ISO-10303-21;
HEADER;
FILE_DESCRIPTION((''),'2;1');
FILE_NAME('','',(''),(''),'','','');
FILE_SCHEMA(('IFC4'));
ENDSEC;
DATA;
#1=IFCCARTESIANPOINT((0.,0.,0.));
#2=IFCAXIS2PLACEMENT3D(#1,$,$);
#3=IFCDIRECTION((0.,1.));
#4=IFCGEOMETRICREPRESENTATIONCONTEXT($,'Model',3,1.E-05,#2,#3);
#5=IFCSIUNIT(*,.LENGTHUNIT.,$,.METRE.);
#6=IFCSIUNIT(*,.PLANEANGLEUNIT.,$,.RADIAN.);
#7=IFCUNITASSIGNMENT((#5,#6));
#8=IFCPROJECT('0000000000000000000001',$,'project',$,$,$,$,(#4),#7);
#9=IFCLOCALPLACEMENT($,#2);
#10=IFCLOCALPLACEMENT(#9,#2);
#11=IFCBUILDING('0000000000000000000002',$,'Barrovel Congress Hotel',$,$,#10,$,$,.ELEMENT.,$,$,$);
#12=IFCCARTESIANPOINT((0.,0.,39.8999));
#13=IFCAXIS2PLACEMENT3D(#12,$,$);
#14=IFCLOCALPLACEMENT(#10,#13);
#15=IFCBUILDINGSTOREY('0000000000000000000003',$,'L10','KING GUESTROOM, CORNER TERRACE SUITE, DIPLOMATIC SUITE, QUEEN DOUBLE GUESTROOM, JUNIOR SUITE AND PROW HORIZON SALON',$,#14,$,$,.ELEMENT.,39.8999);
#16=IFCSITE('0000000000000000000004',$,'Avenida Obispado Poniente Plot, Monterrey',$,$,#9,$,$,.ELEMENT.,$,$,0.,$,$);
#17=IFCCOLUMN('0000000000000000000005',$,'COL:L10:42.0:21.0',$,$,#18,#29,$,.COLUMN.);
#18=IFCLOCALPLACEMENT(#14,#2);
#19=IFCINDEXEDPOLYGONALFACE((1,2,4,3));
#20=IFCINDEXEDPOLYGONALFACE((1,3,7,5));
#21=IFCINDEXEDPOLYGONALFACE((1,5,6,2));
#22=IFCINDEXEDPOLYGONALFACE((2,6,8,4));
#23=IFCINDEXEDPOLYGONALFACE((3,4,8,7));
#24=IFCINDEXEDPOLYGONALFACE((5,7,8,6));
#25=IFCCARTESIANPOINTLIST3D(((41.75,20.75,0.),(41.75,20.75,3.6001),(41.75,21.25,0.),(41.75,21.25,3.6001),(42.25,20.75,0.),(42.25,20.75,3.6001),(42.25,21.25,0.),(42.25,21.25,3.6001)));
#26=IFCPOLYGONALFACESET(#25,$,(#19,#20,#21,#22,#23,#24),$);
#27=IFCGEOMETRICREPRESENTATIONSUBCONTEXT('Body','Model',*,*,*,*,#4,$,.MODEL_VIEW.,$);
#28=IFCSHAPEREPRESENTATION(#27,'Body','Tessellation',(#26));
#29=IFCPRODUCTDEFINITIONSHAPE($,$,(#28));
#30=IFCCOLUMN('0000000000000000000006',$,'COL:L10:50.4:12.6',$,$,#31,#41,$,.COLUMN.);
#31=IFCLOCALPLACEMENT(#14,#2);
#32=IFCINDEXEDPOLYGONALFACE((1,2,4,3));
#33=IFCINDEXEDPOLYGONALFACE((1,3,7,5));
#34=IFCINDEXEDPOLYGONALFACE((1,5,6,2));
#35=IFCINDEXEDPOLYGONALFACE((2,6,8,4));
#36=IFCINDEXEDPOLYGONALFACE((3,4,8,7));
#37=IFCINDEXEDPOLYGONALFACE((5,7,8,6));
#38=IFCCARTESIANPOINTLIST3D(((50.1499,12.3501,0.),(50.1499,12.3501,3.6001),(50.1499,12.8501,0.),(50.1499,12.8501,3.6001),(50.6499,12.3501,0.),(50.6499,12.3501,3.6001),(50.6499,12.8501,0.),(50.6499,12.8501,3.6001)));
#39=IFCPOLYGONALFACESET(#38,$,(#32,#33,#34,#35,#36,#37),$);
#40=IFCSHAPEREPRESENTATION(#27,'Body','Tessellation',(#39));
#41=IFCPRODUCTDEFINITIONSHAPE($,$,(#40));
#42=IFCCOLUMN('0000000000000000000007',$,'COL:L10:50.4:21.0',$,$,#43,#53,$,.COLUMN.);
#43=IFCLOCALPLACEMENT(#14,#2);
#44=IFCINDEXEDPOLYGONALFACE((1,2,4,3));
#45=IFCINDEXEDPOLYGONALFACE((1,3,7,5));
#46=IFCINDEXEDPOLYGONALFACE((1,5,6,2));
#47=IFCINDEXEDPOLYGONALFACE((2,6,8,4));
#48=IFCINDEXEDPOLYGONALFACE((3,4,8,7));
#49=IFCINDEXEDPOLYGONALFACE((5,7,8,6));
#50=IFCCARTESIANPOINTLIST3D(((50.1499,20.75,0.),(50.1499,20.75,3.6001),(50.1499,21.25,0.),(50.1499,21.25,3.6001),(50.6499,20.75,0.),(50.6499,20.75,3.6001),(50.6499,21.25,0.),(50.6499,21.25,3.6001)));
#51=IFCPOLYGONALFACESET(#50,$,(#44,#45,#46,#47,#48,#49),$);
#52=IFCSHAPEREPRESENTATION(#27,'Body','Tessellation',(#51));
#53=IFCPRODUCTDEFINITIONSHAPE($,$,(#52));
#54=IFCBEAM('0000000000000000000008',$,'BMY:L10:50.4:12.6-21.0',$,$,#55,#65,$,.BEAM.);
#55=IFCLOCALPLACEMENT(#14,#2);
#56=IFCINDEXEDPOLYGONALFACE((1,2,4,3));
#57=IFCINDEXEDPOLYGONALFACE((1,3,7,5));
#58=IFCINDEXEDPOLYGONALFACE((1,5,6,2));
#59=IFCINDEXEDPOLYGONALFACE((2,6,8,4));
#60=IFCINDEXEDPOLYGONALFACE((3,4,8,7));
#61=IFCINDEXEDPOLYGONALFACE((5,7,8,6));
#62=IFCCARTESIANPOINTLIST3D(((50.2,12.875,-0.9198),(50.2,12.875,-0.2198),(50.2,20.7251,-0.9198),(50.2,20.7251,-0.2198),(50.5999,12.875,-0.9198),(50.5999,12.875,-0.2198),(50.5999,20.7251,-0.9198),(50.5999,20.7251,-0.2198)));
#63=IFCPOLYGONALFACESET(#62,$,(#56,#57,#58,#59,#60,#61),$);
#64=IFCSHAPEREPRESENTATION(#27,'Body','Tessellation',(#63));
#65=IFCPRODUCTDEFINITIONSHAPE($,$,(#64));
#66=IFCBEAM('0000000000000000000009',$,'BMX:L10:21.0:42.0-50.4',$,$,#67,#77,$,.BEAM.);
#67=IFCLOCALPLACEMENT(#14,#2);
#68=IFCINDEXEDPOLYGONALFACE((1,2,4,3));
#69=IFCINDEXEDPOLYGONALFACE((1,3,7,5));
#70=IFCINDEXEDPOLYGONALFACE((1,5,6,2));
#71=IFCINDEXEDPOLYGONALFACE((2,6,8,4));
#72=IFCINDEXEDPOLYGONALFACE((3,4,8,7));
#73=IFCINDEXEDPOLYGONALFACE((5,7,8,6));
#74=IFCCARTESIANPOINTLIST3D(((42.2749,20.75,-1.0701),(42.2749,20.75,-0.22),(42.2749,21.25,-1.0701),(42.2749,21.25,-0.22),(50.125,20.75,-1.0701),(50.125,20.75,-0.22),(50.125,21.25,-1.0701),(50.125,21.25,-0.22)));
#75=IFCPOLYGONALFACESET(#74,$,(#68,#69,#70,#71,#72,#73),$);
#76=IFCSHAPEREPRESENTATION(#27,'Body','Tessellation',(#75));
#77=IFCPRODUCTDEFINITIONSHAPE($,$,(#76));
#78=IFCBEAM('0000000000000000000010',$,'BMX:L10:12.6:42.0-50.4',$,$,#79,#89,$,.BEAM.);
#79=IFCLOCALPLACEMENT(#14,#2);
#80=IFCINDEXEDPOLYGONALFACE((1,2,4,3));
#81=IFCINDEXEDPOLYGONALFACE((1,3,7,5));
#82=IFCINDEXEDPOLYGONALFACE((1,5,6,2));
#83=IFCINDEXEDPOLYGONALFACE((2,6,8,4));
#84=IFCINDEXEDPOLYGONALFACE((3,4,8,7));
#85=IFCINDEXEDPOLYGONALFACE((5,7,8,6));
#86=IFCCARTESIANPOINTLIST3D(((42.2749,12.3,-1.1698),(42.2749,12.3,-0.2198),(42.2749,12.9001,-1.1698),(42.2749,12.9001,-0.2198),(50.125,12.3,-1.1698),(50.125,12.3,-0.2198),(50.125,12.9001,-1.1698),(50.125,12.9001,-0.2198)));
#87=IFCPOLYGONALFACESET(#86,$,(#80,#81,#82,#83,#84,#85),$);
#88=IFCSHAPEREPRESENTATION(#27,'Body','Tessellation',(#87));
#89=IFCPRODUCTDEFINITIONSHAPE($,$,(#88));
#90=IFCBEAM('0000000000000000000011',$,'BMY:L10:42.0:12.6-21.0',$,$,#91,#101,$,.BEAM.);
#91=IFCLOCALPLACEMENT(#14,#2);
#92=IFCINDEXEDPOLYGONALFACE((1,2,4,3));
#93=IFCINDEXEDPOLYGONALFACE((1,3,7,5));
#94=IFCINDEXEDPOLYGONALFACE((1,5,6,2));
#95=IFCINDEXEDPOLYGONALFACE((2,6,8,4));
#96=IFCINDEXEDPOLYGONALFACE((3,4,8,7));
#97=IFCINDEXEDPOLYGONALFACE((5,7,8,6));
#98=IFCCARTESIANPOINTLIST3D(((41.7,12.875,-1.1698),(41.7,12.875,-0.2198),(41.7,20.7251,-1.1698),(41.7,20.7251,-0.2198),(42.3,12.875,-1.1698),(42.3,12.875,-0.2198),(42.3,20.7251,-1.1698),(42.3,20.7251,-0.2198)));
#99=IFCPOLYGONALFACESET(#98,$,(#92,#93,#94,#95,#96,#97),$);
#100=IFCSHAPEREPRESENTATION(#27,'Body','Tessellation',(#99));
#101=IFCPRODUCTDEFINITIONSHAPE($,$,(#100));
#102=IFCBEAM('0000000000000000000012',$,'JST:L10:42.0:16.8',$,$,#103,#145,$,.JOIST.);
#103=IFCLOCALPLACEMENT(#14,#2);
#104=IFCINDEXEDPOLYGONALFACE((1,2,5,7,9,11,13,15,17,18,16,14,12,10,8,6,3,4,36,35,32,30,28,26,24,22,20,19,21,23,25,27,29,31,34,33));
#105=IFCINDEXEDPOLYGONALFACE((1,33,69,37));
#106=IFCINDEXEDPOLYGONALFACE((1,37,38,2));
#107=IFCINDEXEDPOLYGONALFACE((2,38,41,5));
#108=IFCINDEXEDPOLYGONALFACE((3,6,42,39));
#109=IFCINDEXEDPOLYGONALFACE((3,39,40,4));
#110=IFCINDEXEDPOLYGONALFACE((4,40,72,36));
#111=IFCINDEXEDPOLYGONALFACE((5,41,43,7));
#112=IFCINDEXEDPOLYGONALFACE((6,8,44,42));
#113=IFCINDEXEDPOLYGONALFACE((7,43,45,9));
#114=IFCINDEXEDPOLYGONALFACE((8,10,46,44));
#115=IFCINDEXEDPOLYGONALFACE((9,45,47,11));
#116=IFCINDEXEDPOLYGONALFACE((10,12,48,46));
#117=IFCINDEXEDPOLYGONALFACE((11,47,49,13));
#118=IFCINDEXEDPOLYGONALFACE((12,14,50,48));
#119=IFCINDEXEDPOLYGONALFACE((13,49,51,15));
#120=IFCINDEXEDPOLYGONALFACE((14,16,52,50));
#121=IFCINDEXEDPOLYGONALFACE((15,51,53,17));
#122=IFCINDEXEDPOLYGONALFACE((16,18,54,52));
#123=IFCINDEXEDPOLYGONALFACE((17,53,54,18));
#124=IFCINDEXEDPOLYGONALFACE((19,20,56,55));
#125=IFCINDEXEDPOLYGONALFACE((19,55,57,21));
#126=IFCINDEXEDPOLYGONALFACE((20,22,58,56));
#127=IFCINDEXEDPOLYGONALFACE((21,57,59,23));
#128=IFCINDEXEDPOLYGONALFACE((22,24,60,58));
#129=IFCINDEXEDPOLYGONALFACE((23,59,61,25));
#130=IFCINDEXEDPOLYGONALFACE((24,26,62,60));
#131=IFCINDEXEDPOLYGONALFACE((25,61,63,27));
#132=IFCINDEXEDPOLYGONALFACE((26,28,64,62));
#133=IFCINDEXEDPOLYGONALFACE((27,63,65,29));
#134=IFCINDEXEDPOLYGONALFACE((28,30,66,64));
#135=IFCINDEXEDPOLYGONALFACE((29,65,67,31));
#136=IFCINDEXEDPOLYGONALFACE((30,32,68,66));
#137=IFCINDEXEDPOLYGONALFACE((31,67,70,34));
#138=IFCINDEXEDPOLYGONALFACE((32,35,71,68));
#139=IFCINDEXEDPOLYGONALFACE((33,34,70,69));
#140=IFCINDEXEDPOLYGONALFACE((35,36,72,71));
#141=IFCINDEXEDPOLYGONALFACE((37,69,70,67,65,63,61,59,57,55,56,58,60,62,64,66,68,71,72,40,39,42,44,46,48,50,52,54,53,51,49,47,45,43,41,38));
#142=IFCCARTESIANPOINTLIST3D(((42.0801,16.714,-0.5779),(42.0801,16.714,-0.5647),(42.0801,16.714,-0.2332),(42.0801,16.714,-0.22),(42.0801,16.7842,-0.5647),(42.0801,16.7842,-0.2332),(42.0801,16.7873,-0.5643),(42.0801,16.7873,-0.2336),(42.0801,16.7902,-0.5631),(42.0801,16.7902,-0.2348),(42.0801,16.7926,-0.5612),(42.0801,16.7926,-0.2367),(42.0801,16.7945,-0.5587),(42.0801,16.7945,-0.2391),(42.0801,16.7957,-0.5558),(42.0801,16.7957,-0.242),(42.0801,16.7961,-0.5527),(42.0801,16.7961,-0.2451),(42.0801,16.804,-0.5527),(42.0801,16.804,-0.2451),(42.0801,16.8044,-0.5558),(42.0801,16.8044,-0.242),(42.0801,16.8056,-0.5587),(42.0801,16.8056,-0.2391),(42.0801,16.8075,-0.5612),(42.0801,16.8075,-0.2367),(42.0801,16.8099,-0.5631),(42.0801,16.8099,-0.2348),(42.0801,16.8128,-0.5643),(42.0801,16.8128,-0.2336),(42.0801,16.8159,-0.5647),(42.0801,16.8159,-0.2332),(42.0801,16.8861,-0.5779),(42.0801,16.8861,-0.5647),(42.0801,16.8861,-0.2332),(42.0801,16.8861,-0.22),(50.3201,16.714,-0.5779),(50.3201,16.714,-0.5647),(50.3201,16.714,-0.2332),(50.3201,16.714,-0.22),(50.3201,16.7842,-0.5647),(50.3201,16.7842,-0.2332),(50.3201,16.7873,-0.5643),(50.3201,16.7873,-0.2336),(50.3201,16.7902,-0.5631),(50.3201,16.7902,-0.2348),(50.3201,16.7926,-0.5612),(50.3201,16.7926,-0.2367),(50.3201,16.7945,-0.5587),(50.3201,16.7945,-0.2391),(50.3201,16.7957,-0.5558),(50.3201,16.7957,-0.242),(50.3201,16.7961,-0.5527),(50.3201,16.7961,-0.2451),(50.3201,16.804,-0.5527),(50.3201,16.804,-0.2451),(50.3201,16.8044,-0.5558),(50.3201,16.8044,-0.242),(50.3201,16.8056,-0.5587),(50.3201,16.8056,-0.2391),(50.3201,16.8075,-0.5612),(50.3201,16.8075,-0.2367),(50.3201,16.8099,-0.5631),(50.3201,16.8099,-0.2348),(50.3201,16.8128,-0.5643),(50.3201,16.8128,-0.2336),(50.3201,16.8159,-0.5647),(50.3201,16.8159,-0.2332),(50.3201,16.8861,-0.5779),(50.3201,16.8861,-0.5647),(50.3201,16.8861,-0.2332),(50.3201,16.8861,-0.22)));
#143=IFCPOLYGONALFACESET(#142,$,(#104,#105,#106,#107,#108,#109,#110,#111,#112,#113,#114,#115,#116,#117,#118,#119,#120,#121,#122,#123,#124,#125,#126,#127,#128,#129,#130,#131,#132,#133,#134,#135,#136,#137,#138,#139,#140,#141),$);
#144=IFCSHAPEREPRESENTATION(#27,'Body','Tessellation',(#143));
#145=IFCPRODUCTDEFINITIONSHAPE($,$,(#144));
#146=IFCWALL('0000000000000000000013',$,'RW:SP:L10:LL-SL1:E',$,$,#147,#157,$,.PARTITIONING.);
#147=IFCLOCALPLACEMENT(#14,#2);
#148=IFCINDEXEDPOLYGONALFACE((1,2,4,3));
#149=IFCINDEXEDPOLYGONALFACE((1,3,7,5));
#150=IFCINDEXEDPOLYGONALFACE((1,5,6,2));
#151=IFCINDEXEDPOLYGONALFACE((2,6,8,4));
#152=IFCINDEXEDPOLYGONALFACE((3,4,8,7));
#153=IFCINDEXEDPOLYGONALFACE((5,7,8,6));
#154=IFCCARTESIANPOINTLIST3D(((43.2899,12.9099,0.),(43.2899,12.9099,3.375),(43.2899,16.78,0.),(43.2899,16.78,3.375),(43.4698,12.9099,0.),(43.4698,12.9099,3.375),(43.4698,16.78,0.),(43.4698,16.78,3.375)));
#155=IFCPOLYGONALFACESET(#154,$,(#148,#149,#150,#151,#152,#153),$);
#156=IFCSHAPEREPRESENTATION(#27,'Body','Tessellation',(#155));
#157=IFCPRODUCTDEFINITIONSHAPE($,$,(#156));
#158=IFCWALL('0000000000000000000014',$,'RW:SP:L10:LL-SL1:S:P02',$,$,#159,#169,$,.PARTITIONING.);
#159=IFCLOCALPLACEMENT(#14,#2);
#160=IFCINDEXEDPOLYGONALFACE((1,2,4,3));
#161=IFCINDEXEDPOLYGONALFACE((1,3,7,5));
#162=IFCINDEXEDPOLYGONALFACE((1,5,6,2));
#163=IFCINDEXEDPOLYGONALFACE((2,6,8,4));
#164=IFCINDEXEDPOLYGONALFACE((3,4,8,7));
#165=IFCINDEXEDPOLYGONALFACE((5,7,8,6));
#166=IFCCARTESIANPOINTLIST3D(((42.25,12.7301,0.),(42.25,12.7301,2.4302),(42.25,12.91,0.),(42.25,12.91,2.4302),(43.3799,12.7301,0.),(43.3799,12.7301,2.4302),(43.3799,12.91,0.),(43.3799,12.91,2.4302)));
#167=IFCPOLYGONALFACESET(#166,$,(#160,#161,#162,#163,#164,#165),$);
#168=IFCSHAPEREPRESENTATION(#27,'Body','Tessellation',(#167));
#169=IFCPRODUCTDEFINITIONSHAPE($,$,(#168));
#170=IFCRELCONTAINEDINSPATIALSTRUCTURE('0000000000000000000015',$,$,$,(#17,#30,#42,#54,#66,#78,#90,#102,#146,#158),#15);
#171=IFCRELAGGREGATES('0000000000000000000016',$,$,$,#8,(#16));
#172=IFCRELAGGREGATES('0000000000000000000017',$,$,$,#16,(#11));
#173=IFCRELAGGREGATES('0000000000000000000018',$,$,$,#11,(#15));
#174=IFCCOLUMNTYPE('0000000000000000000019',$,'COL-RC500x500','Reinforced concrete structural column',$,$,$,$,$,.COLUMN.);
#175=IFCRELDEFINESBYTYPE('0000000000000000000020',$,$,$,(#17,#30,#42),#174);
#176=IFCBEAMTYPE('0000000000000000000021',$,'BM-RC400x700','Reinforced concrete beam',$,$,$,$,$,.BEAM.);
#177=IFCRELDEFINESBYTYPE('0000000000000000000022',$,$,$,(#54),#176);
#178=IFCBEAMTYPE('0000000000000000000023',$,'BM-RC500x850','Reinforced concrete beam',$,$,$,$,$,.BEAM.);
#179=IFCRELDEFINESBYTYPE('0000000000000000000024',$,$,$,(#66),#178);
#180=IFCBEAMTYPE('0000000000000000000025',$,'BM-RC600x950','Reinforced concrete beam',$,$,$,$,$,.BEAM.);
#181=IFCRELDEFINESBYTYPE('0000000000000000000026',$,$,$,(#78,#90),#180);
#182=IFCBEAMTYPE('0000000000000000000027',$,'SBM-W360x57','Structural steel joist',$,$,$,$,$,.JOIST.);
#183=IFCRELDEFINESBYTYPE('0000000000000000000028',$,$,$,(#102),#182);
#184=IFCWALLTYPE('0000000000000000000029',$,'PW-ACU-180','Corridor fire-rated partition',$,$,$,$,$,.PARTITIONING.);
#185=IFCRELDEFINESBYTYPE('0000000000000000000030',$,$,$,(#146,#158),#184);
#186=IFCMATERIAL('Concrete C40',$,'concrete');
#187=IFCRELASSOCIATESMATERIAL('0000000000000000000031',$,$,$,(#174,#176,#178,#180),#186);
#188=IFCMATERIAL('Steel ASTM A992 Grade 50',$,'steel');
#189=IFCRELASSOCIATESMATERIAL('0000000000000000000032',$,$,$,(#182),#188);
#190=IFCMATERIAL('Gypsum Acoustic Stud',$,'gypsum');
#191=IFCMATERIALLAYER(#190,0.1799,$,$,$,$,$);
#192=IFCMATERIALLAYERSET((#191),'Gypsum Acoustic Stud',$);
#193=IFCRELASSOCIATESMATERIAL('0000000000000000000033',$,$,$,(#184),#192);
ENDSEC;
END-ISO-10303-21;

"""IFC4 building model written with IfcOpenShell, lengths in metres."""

from ifc_helpers import new_model, si_unit, direction, frame, frame_2d, origin, origin_2d, place, context, subcontext, project, spatial, rectangle, i_section, extrude, material, layer, layer_set, material_profile, profile_set, type_object, element, save


model = new_model("IFC4")

# Units and contexts
model_context = context("Model", 3, precision=1e-05, world=origin(), true_north=direction((0.0, 1.0)))
body_context = subcontext(model_context, "Body", "Model", "MODEL_VIEW")
ifc_project = project(units=[si_unit("LENGTHUNIT", "METRE"), si_unit("PLANEANGLEUNIT", "RADIAN")], contexts=[model_context])

# Site, building, storey
site_placement = place(None, origin())
site = spatial("IfcSite", under=ifc_project, at=site_placement, Name="Avenida Obispado Poniente Plot, Monterrey", CompositionType="ELEMENT", RefElevation=0.0)
building_placement = place(site_placement, origin())
building = spatial("IfcBuilding", under=site, at=building_placement, Name="Barrovel Congress Hotel", CompositionType="ELEMENT")
storey_placement = place(building_placement, frame((0.0, 0.0, 39.8999)))
storey = spatial("IfcBuildingStorey", under=building, at=storey_placement, Name="L10", Description="KING GUESTROOM, CORNER TERRACE SUITE, DIPLOMATIC SUITE, QUEEN DOUBLE GUESTROOM, JUNIOR SUITE AND PROW HORIZON SALON", CompositionType="ELEMENT", Elevation=39.8999)

# Columns
ifc_material_1 = material(Name="Concrete C40", Category="concrete")
ifc_material_profile_1 = material_profile(ifc_material_1, rectangle(XDim=0.5, YDim=0.5, at=origin_2d()), Name="RC500x500")
ifc_profile_set_1 = profile_set([ifc_material_profile_1], Name="Concrete C40")
column_type = type_object("IfcColumnType", Name="COL-RC500x500", Description="Reinforced concrete structural column", PredefinedType="COLUMN", material=ifc_profile_set_1)
for number, where, z_axis, x_axis, name in (
    (1, (42.0, 21.0, 0.0), (0.0, 0.0, 1.0), (1.0, 0.0, 0.0), "COL:L10:42.0:21.0"),
    (2, (50.3999, 12.6001, 0.0), (0.0, 0.0, 1.0), (1.0, 0.0, 0.0), "COL:L10:50.4:12.6"),
    (3, (50.3999, 21.0, 0.0), (0.0, 0.0, 1.0), (1.0, 0.0, 0.0), "COL:L10:50.4:21.0"),
):
    element("IfcColumn", number, at=place(storey_placement, frame(where, z_axis=z_axis, x_axis=x_axis)), inside=storey, type_object=column_type, Name=name, PredefinedType="COLUMN", context=body_context, shape_type="SweptSolid", body=[
        extrude(rectangle(XDim=0.5, YDim=0.5, at=origin_2d()), origin(), (0.0, 0.0, 1.0), 3.6001),
    ])

# Beams
ifc_material_profile_2 = material_profile(ifc_material_1, rectangle(XDim=0.3999, YDim=0.7, at=origin_2d()), Name="RC400x700")
ifc_profile_set_2 = profile_set([ifc_material_profile_2], Name="Concrete C40")
beam_type_1 = type_object("IfcBeamType", Name="BM-RC400x700", Description="Reinforced concrete beam", PredefinedType="BEAM", material=ifc_profile_set_2)
beam_1_placement = place(storey_placement, frame((50.3999, 12.875, -0.5698), z_axis=(0.0, 1.0, 0.0), x_axis=(-1.0, 0.0, 0.0)))
element("IfcBeam", 4, at=beam_1_placement, inside=storey, type_object=beam_type_1, Name="BMY:L10:50.4:12.6-21.0", PredefinedType="BEAM", context=body_context, shape_type="SweptSolid", body=[
    extrude(rectangle(XDim=0.3999, YDim=0.7, at=origin_2d()), origin(), (0.0, 0.0, 1.0), 7.8501),
])
ifc_material_profile_3 = material_profile(ifc_material_1, rectangle(XDim=0.5, YDim=0.8501, at=origin_2d()), Name="RC500x850")
ifc_profile_set_3 = profile_set([ifc_material_profile_3], Name="Concrete C40")
beam_type_2 = type_object("IfcBeamType", Name="BM-RC500x850", Description="Reinforced concrete beam", PredefinedType="BEAM", material=ifc_profile_set_3)
beam_2_placement = place(storey_placement, frame((42.2749, 21.0, -0.645), z_axis=(1.0, 0.0, 0.0), x_axis=(0.0, 1.0, 0.0)))
element("IfcBeam", 5, at=beam_2_placement, inside=storey, type_object=beam_type_2, Name="BMX:L10:21.0:42.0-50.4", PredefinedType="BEAM", context=body_context, shape_type="SweptSolid", body=[
    extrude(rectangle(XDim=0.5, YDim=0.8501, at=origin_2d()), origin(), (0.0, 0.0, 1.0), 7.8501),
])
ifc_material_profile_4 = material_profile(ifc_material_1, rectangle(XDim=0.6001, YDim=0.95, at=origin_2d()), Name="RC600x950")
ifc_profile_set_4 = profile_set([ifc_material_profile_4], Name="Concrete C40")
beam_type_3 = type_object("IfcBeamType", Name="BM-RC600x950", Description="Reinforced concrete beam", PredefinedType="BEAM", material=ifc_profile_set_4)
for number, where, z_axis, x_axis, name in (
    (6, (42.2749, 12.6001, -0.6948), (1.0, 0.0, 0.0), (0.0, 1.0, 0.0), "BMX:L10:12.6:42.0-50.4"),
    (7, (42.0, 12.875, -0.6948), (0.0, 1.0, 0.0), (-1.0, 0.0, 0.0), "BMY:L10:42.0:12.6-21.0"),
):
    element("IfcBeam", number, at=place(storey_placement, frame(where, z_axis=z_axis, x_axis=x_axis)), inside=storey, type_object=beam_type_3, Name=name, PredefinedType="BEAM", context=body_context, shape_type="SweptSolid", body=[
        extrude(rectangle(XDim=0.6001, YDim=0.95, at=origin_2d()), origin(), (0.0, 0.0, 1.0), 7.8501),
    ])
ifc_material_2 = material(Name="Steel ASTM A992 Grade 50", Category="steel")
ifc_material_profile_5 = material_profile(ifc_material_2, i_section(OverallWidth=0.1721, OverallDepth=0.3579, WebThickness=0.0078, FlangeThickness=0.0132, FilletRadius=0.012, at=origin_2d()), Name="W360x57")
ifc_profile_set_5 = profile_set([ifc_material_profile_5], Name="Steel ASTM A992 Grade 50")
beam_type_4 = type_object("IfcBeamType", Name="SBM-W360x57", Description="Structural steel joist", PredefinedType="JOIST", material=ifc_profile_set_5)
beam_3_placement = place(storey_placement, frame((42.0801, 16.8, -0.3989), z_axis=(1.0, 0.0, 0.0), x_axis=(0.0, 1.0, 0.0)))
element("IfcBeam", 8, at=beam_3_placement, inside=storey, type_object=beam_type_4, Name="JST:L10:42.0:16.8", PredefinedType="JOIST", context=body_context, shape_type="SweptSolid", body=[
    extrude(i_section(OverallWidth=0.1721, OverallDepth=0.3579, WebThickness=0.0078, FlangeThickness=0.0132, FilletRadius=0.012, at=origin_2d()), origin(), (0.0, 0.0, 1.0), 8.24),
])

# Shared definitions
ifc_material_3 = material(Name="Gypsum Acoustic Stud", Category="gypsum")
ifc_layer_1 = layer(ifc_material_3, 0.1799)
ifc_layer_set_1 = layer_set([ifc_layer_1], Name="Gypsum Acoustic Stud")
wall_type_1 = type_object("IfcWallType", Name="PW-ACU-180", Description="Corridor fire-rated partition", PredefinedType="PARTITIONING", material=ifc_layer_set_1)

# Walls
wall_1_placement = place(storey_placement, frame((43.3799, 12.9099, 0.0), z_axis=(0.0, 0.0, 1.0), x_axis=(0.0, 1.0, 0.0)))
element("IfcWall", 9, at=wall_1_placement, inside=storey, type_object=wall_type_1, Name="RW:SP:L10:LL-SL1:E", PredefinedType="PARTITIONING", context=body_context, shape_type="SweptSolid", body=[
    extrude(rectangle(XDim=3.8701, YDim=0.1799, at=frame_2d((1.9351, 0.0))), origin(), (0.0, 0.0, 1.0), 3.375),
])
wall_2_placement = place(storey_placement, frame((42.25, 12.8201, 0.0), z_axis=(0.0, 0.0, 1.0), x_axis=(1.0, 0.0, 0.0)))
element("IfcWall", 10, at=wall_2_placement, inside=storey, type_object=wall_type_1, Name="RW:SP:L10:LL-SL1:S:P02", PredefinedType="PARTITIONING", context=body_context, shape_type="SweptSolid", body=[
    extrude(rectangle(XDim=1.1299, YDim=0.1799, at=frame_2d((0.5649, 0.0))), origin(), (0.0, 0.0, 1.0), 2.4302),
])

save(model, "model.ifc")
